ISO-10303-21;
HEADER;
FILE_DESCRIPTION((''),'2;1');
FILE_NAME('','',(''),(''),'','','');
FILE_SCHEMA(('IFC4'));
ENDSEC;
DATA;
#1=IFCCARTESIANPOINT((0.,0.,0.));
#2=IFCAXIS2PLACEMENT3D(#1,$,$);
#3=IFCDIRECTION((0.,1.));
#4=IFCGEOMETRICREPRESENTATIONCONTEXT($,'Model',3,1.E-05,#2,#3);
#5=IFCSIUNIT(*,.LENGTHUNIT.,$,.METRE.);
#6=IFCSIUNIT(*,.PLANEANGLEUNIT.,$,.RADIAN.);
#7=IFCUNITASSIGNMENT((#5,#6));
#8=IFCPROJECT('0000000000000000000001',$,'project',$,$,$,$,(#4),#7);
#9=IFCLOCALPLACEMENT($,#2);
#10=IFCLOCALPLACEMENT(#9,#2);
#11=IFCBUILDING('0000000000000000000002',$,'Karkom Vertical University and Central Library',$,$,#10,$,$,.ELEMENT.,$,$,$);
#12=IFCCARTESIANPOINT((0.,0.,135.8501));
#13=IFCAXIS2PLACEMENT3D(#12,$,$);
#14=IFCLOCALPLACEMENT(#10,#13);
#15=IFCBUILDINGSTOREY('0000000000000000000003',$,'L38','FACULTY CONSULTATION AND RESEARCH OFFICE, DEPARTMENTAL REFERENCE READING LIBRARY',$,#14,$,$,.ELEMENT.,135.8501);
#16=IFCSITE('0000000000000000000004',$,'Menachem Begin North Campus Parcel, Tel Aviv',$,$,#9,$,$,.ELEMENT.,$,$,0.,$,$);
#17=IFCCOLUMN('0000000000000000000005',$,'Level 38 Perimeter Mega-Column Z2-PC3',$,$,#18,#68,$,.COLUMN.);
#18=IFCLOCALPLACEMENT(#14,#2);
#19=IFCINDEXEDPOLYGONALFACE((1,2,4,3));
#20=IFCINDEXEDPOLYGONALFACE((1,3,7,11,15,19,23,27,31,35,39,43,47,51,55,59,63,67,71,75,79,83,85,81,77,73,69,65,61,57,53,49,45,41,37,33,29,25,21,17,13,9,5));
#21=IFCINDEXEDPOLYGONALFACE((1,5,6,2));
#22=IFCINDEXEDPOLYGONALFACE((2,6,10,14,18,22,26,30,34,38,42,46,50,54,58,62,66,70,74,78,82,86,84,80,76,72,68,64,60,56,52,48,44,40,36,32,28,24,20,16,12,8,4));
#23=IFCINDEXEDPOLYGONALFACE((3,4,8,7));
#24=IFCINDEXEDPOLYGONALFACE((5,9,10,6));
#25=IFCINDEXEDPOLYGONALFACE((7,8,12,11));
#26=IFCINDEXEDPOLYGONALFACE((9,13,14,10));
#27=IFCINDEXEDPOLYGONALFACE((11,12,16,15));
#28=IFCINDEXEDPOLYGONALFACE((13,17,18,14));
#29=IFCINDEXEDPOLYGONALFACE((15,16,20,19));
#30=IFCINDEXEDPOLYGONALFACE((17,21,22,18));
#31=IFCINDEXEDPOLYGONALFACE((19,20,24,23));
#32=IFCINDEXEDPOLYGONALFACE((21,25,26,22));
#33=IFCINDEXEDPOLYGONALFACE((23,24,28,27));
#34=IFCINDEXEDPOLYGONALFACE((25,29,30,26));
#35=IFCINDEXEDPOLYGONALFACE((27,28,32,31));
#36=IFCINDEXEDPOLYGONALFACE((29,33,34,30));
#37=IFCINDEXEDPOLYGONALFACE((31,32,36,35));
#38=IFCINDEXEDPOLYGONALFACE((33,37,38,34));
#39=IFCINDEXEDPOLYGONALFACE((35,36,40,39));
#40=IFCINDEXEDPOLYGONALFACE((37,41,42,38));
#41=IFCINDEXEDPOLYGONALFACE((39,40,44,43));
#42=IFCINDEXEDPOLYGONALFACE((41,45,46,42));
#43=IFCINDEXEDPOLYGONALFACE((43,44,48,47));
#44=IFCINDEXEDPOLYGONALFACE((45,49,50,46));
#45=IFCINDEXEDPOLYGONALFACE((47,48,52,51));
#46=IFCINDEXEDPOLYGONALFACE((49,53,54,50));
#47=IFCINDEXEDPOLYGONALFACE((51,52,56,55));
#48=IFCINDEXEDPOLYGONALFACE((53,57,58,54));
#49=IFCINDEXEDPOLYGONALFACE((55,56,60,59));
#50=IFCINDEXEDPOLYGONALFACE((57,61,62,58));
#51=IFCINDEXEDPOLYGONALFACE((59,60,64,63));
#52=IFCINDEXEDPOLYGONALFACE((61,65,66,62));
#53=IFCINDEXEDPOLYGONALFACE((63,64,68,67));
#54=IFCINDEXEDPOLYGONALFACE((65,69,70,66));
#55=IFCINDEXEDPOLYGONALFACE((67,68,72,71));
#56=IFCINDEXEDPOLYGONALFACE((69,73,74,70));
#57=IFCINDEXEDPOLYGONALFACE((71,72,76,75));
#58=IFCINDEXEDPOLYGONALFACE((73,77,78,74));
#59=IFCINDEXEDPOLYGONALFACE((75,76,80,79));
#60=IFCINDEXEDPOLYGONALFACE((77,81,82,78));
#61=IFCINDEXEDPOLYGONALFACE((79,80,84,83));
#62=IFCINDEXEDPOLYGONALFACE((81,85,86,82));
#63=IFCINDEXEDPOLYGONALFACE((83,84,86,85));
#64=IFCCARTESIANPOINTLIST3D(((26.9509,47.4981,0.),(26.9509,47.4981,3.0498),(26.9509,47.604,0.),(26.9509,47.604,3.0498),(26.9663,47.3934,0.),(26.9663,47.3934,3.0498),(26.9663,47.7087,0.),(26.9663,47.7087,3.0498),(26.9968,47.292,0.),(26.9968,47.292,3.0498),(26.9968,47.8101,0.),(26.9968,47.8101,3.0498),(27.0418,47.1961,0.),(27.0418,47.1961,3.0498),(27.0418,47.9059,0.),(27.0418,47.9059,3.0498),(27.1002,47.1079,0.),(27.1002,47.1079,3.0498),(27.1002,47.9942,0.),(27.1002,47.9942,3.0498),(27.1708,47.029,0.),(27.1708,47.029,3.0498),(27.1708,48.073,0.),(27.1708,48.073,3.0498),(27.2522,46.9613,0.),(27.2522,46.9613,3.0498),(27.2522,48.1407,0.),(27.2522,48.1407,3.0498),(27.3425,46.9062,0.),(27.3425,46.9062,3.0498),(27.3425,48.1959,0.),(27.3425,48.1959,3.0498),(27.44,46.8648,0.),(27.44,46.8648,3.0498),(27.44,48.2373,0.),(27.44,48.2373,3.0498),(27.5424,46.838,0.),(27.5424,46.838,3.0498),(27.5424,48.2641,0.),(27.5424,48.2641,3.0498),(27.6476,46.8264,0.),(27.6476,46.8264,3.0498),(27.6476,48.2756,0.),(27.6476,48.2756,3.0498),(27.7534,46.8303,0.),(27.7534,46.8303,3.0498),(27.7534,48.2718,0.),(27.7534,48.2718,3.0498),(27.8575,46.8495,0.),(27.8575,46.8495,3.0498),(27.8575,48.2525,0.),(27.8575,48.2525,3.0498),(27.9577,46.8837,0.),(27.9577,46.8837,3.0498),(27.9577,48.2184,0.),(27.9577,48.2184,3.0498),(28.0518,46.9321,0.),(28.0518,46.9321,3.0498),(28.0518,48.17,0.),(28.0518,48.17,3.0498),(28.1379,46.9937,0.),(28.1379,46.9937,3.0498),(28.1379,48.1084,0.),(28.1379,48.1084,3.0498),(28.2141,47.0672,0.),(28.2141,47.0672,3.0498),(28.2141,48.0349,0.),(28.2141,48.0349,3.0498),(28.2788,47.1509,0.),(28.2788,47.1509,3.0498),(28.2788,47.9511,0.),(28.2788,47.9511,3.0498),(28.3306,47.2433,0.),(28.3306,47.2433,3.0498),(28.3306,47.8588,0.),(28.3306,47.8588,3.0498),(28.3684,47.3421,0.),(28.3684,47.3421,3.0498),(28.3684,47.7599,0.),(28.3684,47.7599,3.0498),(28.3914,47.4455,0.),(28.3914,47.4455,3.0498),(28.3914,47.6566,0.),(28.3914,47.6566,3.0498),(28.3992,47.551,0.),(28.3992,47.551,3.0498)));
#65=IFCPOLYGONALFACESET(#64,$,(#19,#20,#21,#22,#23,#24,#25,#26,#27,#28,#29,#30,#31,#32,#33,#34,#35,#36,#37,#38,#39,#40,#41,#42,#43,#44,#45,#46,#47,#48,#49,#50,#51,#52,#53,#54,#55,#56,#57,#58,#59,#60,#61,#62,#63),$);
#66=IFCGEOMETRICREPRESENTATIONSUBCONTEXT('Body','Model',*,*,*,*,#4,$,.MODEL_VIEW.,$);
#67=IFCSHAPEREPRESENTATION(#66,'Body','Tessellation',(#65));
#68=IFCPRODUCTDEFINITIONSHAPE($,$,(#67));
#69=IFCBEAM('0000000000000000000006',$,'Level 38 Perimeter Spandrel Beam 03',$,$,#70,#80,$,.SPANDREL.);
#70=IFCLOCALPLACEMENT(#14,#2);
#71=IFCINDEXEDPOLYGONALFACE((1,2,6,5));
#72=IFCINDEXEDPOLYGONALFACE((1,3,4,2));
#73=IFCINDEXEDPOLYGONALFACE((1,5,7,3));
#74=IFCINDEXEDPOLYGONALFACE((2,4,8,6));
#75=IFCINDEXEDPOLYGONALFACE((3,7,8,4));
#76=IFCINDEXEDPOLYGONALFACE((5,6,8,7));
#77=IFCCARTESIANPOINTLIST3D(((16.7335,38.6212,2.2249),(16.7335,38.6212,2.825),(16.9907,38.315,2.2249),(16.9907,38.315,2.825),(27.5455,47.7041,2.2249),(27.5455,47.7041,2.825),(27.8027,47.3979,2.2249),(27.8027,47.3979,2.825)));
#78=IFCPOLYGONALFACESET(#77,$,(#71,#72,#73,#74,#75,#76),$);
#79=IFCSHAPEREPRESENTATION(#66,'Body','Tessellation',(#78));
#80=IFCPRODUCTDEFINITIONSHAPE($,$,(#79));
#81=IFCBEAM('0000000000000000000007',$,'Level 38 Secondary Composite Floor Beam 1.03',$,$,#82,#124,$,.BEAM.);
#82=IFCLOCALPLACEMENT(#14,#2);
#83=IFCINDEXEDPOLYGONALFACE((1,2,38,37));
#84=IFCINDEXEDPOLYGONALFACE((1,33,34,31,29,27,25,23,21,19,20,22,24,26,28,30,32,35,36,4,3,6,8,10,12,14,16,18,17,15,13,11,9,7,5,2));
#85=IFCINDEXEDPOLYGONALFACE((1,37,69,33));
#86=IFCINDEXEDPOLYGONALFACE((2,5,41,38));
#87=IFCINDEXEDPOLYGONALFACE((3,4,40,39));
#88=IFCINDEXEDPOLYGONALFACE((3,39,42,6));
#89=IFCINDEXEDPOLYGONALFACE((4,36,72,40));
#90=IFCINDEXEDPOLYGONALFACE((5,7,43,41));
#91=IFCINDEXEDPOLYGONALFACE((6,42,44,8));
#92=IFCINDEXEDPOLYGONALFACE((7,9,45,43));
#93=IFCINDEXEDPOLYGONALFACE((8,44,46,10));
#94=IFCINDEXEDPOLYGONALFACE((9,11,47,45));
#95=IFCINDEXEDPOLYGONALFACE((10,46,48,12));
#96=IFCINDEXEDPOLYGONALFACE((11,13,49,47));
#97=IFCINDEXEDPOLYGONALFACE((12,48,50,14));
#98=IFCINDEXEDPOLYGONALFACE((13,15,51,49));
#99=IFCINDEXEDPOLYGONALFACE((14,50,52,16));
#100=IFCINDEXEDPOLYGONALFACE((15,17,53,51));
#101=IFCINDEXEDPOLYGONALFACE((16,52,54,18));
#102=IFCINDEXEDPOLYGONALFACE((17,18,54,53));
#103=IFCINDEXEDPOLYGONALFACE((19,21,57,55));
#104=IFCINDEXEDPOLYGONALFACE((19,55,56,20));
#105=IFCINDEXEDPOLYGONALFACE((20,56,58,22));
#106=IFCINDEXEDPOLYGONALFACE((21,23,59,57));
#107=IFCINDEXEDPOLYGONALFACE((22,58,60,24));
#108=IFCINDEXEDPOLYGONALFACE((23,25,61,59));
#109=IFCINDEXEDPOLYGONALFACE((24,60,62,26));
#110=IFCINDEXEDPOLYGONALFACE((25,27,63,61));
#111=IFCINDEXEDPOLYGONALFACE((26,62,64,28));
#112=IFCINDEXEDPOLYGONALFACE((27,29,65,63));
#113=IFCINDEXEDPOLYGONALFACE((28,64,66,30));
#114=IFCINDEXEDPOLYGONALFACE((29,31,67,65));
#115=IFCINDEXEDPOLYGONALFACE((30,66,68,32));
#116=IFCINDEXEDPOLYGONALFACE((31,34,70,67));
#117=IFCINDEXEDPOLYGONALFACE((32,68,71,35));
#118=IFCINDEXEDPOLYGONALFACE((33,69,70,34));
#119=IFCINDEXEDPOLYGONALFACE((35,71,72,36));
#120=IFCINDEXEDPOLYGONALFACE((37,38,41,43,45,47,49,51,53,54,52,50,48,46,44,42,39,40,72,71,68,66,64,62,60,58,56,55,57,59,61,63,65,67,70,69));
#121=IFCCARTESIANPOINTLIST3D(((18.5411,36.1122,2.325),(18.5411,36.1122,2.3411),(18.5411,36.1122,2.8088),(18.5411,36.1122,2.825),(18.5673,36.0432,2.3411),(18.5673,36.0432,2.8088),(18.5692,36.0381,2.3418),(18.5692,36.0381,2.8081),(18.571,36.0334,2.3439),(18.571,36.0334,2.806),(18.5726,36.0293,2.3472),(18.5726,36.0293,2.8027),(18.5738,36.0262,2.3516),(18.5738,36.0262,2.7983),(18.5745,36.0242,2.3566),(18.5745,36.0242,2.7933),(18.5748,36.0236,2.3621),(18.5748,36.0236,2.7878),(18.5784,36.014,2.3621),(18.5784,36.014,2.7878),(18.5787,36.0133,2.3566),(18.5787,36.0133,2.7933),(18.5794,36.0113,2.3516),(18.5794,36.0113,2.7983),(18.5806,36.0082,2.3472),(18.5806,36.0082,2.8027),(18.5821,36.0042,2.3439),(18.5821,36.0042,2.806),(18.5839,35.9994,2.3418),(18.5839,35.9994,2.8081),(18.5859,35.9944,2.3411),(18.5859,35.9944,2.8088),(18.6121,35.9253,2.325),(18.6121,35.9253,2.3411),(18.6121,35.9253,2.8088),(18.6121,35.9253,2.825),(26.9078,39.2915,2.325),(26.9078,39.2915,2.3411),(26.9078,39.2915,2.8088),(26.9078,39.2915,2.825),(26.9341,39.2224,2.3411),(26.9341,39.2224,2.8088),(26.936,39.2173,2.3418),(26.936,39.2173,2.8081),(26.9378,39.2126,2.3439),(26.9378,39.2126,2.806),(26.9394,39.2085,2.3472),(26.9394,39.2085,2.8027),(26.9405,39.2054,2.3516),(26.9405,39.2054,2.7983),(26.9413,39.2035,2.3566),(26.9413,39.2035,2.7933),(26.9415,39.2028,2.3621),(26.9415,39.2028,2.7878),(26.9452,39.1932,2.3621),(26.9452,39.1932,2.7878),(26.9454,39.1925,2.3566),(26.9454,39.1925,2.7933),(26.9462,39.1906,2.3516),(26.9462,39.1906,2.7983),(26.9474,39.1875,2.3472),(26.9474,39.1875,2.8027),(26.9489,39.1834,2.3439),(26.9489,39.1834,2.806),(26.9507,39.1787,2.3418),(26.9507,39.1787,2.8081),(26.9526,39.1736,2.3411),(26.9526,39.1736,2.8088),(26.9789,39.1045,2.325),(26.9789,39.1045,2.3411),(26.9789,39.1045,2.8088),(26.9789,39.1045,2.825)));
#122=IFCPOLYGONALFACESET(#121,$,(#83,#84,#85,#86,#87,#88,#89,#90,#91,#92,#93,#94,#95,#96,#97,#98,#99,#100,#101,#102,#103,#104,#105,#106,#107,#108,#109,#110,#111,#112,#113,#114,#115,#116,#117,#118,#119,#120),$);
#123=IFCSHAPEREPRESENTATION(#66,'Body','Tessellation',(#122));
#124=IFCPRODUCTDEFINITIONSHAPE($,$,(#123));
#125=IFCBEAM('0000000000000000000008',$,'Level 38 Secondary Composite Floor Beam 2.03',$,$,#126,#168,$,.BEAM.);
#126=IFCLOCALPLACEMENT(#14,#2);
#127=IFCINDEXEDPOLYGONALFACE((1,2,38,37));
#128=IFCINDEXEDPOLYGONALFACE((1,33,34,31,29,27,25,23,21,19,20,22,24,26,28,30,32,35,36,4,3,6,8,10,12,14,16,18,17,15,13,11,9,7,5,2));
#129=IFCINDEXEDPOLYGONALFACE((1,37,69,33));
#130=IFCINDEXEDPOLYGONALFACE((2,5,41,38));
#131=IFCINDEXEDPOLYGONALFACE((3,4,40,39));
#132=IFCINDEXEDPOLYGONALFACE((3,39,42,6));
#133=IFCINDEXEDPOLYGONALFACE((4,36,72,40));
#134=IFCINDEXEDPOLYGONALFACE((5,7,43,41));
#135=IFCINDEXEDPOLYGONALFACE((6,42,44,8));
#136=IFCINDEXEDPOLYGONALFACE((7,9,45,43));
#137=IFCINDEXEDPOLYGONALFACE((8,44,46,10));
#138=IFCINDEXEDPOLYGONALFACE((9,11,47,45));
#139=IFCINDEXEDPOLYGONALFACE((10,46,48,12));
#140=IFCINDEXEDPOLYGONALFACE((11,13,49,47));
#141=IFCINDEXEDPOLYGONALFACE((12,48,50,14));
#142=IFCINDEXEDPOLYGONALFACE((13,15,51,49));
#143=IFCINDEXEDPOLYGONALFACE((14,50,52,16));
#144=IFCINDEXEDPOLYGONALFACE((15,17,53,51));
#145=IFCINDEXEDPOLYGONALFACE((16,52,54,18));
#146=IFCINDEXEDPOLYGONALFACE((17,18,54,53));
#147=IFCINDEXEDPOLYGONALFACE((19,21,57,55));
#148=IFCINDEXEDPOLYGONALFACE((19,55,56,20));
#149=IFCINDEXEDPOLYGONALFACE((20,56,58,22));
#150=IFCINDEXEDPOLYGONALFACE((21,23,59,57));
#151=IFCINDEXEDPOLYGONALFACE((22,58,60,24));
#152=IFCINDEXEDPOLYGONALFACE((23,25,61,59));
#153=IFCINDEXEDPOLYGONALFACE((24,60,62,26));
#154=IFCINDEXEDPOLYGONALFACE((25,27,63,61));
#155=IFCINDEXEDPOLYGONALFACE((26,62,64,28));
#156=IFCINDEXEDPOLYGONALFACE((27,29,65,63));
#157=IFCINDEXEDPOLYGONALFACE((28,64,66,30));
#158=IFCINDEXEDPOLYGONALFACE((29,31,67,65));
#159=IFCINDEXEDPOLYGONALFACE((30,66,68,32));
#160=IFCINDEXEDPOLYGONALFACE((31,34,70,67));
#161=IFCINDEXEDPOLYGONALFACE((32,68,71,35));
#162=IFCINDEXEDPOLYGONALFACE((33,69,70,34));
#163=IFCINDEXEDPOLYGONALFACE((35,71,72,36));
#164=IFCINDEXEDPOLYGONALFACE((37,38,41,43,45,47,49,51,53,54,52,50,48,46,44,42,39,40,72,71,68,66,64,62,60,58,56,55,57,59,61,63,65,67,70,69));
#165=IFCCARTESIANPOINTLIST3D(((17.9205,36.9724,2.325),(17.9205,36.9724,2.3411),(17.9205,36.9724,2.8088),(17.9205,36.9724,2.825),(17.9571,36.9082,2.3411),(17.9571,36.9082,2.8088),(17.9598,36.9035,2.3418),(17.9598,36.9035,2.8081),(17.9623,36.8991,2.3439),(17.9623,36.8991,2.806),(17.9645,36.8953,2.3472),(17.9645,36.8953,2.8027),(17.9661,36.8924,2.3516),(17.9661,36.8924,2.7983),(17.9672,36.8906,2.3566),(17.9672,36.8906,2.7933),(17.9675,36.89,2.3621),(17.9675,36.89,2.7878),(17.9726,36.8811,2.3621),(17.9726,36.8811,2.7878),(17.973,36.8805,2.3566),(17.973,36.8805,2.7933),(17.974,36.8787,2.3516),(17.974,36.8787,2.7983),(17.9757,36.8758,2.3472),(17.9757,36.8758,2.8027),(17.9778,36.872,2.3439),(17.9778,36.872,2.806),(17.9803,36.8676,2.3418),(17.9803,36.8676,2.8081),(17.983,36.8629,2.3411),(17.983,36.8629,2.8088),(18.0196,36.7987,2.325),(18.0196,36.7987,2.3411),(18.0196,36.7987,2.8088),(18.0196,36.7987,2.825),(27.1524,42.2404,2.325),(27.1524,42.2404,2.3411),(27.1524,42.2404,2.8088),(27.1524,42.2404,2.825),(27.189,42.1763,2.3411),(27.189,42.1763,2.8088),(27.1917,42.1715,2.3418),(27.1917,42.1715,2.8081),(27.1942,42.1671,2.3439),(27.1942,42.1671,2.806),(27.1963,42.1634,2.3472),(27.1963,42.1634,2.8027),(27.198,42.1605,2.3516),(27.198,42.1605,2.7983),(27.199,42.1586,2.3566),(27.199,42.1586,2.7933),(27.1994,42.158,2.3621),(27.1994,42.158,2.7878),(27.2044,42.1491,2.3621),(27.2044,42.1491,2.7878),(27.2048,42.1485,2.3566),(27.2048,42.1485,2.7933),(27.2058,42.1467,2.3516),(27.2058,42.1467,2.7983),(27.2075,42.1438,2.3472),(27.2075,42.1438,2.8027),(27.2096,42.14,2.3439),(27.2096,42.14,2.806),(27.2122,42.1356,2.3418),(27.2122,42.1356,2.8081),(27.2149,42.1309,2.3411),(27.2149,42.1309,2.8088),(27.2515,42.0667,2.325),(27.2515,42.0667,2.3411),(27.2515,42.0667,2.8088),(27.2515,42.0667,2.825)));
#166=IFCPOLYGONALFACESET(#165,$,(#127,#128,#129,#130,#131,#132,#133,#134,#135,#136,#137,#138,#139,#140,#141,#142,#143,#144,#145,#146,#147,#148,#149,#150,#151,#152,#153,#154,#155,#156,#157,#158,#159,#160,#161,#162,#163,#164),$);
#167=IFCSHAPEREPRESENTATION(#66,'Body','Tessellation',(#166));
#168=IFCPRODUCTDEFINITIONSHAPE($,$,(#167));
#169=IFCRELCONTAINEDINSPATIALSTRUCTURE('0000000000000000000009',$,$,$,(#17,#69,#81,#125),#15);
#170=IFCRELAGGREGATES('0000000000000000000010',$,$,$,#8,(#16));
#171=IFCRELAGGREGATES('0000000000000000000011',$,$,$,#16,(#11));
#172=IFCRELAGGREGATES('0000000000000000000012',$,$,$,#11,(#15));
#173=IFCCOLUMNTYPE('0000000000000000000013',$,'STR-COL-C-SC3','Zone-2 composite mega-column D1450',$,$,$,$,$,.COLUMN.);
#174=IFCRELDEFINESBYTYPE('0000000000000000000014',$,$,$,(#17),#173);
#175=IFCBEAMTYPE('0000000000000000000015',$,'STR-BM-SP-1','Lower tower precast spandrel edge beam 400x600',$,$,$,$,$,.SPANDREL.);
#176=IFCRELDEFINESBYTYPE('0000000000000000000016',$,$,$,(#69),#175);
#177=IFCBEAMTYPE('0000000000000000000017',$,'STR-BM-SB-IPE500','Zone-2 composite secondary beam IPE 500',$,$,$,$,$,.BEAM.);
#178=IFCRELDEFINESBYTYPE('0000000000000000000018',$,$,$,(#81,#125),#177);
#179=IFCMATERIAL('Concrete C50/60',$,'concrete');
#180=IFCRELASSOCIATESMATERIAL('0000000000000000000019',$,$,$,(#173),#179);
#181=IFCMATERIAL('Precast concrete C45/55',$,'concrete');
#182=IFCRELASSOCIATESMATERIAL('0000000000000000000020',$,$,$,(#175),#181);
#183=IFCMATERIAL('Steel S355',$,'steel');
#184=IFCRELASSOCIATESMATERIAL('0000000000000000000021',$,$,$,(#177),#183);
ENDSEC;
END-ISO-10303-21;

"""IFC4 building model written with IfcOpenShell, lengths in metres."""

from ifc_helpers import new_model, si_unit, direction, frame, origin, origin_with_axes, origin_2d, place, context, subcontext, project, spatial, rectangle, circle, i_section, extrude, source, transform, mapped, material, material_profile, profile_set, type_object, element, save


model = new_model("IFC4")

# Units and contexts
model_context = context("Model", 3, precision=1e-05, world=origin(), true_north=direction((0.0, 1.0)))
body_context = subcontext(model_context, "Body", "Model", "MODEL_VIEW")
ifc_project = project(units=[si_unit("LENGTHUNIT", "METRE"), si_unit("PLANEANGLEUNIT", "RADIAN")], contexts=[model_context])

# Site, building, storey
site_placement = place(None, origin())
site = spatial("IfcSite", under=ifc_project, at=site_placement, Name="Menachem Begin North Campus Parcel, Tel Aviv", CompositionType="ELEMENT", RefElevation=0.0)
building_placement = place(site_placement, origin())
building = spatial("IfcBuilding", under=site, at=building_placement, Name="Karkom Vertical University and Central Library", CompositionType="ELEMENT")
storey_placement = place(building_placement, frame((0.0, 0.0, 135.8501)))
storey = spatial("IfcBuildingStorey", under=building, at=storey_placement, Name="L38", Description="FACULTY CONSULTATION AND RESEARCH OFFICE, DEPARTMENTAL REFERENCE READING LIBRARY", CompositionType="ELEMENT", Elevation=135.8501)

# Column
ifc_material_1 = material(Name="Concrete C50/60", Category="concrete")
ifc_material_profile_1 = material_profile(ifc_material_1, circle(Radius=0.7251, at=origin_2d()), Name="CFT-D1450")
ifc_profile_set_1 = profile_set([ifc_material_profile_1], Name="Concrete C50/60")
column_type = type_object("IfcColumnType", Name="STR-COL-C-SC3", Description="Zone-2 composite mega-column D1450", PredefinedType="COLUMN", material=ifc_profile_set_1)
shared_shape_1 = source(origin_with_axes(), body_context, "Body", "SweptSolid", [
    extrude(circle(Radius=0.7251, at=origin_2d()), origin(), (0.0, 0.0, 1.0), 3.0498),
])
column_placement = place(storey_placement, frame((27.6741, 47.551, 0.0), z_axis=(0.0, 0.0, 1.0), x_axis=(1.0, 0.0, 0.0)))
element("IfcColumn", 1, at=column_placement, inside=storey, type_object=column_type, Name="Level 38 Perimeter Mega-Column Z2-PC3", PredefinedType="COLUMN", context=body_context, shape_type="MappedRepresentation", body=[
    mapped(shared_shape_1, transform((0.0, 0.0, 0.0), scale=1.0)),
])

# Beams
ifc_material_2 = material(Name="Precast concrete C45/55", Category="concrete")
ifc_material_profile_2 = material_profile(ifc_material_2, rectangle(XDim=0.3999, YDim=0.6001, at=origin_2d()), Name="SPB-400x600")
ifc_profile_set_2 = profile_set([ifc_material_profile_2], Name="Precast concrete C45/55")
beam_type_1 = type_object("IfcBeamType", Name="STR-BM-SP-1", Description="Lower tower precast spandrel edge beam 400x600", PredefinedType="SPANDREL", material=ifc_profile_set_2)
shared_shape_2 = source(origin_with_axes(), body_context, "Body", "SweptSolid", [
    extrude(rectangle(XDim=0.3999, YDim=0.6001, at=origin_2d()), origin(), (0.0, 0.0, 1.0), 14.1208),
])
beam_1_placement = place(storey_placement, frame((27.6741, 47.551, 2.5249), z_axis=(-0.765673, -0.64323, 0.0), x_axis=(0.64323, -0.765673, 0.0)))
element("IfcBeam", 2, at=beam_1_placement, inside=storey, type_object=beam_type_1, Name="Level 38 Perimeter Spandrel Beam 03", PredefinedType="SPANDREL", context=body_context, shape_type="MappedRepresentation", body=[
    mapped(shared_shape_2, transform((0.0, 0.0, 0.0), scale=1.0)),
])
ifc_material_3 = material(Name="Steel S355", Category="steel")
ifc_material_profile_3 = material_profile(ifc_material_3, i_section(OverallWidth=0.2, OverallDepth=0.5, WebThickness=0.0103, FlangeThickness=0.0161, FilletRadius=0.021, at=origin_2d()), Name="IPE 500")
ifc_profile_set_3 = profile_set([ifc_material_profile_3], Name="Steel S355")
beam_type_2 = type_object("IfcBeamType", Name="STR-BM-SB-IPE500", Description="Zone-2 composite secondary beam IPE 500", PredefinedType="BEAM", material=ifc_profile_set_3)
shared_shape_3 = source(origin_with_axes(), body_context, "Body", "SweptSolid", [
    extrude(i_section(OverallWidth=0.2, OverallDepth=0.5, WebThickness=0.0103, FlangeThickness=0.0161, FilletRadius=0.021, at=origin_2d()), origin(), (0.0, 0.0, 1.0), 8.9504),
])
beam_2_placement = place(storey_placement, frame((26.9434, 39.198, 2.575), z_axis=(-0.934789, -0.355203, 0.0), x_axis=(0.355203, -0.934789, 0.0)))
element("IfcBeam", 3, at=beam_2_placement, inside=storey, type_object=beam_type_2, Name="Level 38 Secondary Composite Floor Beam 1.03", PredefinedType="BEAM", context=body_context, shape_type="MappedRepresentation", body=[
    mapped(shared_shape_3, transform((0.0, 0.0, 0.0), scale=1.0)),
])
shared_shape_4 = source(origin_with_axes(), body_context, "Body", "SweptSolid", [
    extrude(i_section(OverallWidth=0.2, OverallDepth=0.5, WebThickness=0.0103, FlangeThickness=0.0161, FilletRadius=0.021, at=origin_2d()), origin(), (0.0, 0.0, 1.0), 10.6292),
])
beam_3_placement = place(storey_placement, frame((27.2019, 42.1536, 2.575), z_axis=(-0.86854, -0.495619, 0.0), x_axis=(0.495619, -0.86854, 0.0)))
element("IfcBeam", 4, at=beam_3_placement, inside=storey, type_object=beam_type_2, Name="Level 38 Secondary Composite Floor Beam 2.03", PredefinedType="BEAM", context=body_context, shape_type="MappedRepresentation", body=[
    mapped(shared_shape_4, transform((0.0, 0.0, 0.0), scale=1.0)),
])

save(model, "model.ifc")
